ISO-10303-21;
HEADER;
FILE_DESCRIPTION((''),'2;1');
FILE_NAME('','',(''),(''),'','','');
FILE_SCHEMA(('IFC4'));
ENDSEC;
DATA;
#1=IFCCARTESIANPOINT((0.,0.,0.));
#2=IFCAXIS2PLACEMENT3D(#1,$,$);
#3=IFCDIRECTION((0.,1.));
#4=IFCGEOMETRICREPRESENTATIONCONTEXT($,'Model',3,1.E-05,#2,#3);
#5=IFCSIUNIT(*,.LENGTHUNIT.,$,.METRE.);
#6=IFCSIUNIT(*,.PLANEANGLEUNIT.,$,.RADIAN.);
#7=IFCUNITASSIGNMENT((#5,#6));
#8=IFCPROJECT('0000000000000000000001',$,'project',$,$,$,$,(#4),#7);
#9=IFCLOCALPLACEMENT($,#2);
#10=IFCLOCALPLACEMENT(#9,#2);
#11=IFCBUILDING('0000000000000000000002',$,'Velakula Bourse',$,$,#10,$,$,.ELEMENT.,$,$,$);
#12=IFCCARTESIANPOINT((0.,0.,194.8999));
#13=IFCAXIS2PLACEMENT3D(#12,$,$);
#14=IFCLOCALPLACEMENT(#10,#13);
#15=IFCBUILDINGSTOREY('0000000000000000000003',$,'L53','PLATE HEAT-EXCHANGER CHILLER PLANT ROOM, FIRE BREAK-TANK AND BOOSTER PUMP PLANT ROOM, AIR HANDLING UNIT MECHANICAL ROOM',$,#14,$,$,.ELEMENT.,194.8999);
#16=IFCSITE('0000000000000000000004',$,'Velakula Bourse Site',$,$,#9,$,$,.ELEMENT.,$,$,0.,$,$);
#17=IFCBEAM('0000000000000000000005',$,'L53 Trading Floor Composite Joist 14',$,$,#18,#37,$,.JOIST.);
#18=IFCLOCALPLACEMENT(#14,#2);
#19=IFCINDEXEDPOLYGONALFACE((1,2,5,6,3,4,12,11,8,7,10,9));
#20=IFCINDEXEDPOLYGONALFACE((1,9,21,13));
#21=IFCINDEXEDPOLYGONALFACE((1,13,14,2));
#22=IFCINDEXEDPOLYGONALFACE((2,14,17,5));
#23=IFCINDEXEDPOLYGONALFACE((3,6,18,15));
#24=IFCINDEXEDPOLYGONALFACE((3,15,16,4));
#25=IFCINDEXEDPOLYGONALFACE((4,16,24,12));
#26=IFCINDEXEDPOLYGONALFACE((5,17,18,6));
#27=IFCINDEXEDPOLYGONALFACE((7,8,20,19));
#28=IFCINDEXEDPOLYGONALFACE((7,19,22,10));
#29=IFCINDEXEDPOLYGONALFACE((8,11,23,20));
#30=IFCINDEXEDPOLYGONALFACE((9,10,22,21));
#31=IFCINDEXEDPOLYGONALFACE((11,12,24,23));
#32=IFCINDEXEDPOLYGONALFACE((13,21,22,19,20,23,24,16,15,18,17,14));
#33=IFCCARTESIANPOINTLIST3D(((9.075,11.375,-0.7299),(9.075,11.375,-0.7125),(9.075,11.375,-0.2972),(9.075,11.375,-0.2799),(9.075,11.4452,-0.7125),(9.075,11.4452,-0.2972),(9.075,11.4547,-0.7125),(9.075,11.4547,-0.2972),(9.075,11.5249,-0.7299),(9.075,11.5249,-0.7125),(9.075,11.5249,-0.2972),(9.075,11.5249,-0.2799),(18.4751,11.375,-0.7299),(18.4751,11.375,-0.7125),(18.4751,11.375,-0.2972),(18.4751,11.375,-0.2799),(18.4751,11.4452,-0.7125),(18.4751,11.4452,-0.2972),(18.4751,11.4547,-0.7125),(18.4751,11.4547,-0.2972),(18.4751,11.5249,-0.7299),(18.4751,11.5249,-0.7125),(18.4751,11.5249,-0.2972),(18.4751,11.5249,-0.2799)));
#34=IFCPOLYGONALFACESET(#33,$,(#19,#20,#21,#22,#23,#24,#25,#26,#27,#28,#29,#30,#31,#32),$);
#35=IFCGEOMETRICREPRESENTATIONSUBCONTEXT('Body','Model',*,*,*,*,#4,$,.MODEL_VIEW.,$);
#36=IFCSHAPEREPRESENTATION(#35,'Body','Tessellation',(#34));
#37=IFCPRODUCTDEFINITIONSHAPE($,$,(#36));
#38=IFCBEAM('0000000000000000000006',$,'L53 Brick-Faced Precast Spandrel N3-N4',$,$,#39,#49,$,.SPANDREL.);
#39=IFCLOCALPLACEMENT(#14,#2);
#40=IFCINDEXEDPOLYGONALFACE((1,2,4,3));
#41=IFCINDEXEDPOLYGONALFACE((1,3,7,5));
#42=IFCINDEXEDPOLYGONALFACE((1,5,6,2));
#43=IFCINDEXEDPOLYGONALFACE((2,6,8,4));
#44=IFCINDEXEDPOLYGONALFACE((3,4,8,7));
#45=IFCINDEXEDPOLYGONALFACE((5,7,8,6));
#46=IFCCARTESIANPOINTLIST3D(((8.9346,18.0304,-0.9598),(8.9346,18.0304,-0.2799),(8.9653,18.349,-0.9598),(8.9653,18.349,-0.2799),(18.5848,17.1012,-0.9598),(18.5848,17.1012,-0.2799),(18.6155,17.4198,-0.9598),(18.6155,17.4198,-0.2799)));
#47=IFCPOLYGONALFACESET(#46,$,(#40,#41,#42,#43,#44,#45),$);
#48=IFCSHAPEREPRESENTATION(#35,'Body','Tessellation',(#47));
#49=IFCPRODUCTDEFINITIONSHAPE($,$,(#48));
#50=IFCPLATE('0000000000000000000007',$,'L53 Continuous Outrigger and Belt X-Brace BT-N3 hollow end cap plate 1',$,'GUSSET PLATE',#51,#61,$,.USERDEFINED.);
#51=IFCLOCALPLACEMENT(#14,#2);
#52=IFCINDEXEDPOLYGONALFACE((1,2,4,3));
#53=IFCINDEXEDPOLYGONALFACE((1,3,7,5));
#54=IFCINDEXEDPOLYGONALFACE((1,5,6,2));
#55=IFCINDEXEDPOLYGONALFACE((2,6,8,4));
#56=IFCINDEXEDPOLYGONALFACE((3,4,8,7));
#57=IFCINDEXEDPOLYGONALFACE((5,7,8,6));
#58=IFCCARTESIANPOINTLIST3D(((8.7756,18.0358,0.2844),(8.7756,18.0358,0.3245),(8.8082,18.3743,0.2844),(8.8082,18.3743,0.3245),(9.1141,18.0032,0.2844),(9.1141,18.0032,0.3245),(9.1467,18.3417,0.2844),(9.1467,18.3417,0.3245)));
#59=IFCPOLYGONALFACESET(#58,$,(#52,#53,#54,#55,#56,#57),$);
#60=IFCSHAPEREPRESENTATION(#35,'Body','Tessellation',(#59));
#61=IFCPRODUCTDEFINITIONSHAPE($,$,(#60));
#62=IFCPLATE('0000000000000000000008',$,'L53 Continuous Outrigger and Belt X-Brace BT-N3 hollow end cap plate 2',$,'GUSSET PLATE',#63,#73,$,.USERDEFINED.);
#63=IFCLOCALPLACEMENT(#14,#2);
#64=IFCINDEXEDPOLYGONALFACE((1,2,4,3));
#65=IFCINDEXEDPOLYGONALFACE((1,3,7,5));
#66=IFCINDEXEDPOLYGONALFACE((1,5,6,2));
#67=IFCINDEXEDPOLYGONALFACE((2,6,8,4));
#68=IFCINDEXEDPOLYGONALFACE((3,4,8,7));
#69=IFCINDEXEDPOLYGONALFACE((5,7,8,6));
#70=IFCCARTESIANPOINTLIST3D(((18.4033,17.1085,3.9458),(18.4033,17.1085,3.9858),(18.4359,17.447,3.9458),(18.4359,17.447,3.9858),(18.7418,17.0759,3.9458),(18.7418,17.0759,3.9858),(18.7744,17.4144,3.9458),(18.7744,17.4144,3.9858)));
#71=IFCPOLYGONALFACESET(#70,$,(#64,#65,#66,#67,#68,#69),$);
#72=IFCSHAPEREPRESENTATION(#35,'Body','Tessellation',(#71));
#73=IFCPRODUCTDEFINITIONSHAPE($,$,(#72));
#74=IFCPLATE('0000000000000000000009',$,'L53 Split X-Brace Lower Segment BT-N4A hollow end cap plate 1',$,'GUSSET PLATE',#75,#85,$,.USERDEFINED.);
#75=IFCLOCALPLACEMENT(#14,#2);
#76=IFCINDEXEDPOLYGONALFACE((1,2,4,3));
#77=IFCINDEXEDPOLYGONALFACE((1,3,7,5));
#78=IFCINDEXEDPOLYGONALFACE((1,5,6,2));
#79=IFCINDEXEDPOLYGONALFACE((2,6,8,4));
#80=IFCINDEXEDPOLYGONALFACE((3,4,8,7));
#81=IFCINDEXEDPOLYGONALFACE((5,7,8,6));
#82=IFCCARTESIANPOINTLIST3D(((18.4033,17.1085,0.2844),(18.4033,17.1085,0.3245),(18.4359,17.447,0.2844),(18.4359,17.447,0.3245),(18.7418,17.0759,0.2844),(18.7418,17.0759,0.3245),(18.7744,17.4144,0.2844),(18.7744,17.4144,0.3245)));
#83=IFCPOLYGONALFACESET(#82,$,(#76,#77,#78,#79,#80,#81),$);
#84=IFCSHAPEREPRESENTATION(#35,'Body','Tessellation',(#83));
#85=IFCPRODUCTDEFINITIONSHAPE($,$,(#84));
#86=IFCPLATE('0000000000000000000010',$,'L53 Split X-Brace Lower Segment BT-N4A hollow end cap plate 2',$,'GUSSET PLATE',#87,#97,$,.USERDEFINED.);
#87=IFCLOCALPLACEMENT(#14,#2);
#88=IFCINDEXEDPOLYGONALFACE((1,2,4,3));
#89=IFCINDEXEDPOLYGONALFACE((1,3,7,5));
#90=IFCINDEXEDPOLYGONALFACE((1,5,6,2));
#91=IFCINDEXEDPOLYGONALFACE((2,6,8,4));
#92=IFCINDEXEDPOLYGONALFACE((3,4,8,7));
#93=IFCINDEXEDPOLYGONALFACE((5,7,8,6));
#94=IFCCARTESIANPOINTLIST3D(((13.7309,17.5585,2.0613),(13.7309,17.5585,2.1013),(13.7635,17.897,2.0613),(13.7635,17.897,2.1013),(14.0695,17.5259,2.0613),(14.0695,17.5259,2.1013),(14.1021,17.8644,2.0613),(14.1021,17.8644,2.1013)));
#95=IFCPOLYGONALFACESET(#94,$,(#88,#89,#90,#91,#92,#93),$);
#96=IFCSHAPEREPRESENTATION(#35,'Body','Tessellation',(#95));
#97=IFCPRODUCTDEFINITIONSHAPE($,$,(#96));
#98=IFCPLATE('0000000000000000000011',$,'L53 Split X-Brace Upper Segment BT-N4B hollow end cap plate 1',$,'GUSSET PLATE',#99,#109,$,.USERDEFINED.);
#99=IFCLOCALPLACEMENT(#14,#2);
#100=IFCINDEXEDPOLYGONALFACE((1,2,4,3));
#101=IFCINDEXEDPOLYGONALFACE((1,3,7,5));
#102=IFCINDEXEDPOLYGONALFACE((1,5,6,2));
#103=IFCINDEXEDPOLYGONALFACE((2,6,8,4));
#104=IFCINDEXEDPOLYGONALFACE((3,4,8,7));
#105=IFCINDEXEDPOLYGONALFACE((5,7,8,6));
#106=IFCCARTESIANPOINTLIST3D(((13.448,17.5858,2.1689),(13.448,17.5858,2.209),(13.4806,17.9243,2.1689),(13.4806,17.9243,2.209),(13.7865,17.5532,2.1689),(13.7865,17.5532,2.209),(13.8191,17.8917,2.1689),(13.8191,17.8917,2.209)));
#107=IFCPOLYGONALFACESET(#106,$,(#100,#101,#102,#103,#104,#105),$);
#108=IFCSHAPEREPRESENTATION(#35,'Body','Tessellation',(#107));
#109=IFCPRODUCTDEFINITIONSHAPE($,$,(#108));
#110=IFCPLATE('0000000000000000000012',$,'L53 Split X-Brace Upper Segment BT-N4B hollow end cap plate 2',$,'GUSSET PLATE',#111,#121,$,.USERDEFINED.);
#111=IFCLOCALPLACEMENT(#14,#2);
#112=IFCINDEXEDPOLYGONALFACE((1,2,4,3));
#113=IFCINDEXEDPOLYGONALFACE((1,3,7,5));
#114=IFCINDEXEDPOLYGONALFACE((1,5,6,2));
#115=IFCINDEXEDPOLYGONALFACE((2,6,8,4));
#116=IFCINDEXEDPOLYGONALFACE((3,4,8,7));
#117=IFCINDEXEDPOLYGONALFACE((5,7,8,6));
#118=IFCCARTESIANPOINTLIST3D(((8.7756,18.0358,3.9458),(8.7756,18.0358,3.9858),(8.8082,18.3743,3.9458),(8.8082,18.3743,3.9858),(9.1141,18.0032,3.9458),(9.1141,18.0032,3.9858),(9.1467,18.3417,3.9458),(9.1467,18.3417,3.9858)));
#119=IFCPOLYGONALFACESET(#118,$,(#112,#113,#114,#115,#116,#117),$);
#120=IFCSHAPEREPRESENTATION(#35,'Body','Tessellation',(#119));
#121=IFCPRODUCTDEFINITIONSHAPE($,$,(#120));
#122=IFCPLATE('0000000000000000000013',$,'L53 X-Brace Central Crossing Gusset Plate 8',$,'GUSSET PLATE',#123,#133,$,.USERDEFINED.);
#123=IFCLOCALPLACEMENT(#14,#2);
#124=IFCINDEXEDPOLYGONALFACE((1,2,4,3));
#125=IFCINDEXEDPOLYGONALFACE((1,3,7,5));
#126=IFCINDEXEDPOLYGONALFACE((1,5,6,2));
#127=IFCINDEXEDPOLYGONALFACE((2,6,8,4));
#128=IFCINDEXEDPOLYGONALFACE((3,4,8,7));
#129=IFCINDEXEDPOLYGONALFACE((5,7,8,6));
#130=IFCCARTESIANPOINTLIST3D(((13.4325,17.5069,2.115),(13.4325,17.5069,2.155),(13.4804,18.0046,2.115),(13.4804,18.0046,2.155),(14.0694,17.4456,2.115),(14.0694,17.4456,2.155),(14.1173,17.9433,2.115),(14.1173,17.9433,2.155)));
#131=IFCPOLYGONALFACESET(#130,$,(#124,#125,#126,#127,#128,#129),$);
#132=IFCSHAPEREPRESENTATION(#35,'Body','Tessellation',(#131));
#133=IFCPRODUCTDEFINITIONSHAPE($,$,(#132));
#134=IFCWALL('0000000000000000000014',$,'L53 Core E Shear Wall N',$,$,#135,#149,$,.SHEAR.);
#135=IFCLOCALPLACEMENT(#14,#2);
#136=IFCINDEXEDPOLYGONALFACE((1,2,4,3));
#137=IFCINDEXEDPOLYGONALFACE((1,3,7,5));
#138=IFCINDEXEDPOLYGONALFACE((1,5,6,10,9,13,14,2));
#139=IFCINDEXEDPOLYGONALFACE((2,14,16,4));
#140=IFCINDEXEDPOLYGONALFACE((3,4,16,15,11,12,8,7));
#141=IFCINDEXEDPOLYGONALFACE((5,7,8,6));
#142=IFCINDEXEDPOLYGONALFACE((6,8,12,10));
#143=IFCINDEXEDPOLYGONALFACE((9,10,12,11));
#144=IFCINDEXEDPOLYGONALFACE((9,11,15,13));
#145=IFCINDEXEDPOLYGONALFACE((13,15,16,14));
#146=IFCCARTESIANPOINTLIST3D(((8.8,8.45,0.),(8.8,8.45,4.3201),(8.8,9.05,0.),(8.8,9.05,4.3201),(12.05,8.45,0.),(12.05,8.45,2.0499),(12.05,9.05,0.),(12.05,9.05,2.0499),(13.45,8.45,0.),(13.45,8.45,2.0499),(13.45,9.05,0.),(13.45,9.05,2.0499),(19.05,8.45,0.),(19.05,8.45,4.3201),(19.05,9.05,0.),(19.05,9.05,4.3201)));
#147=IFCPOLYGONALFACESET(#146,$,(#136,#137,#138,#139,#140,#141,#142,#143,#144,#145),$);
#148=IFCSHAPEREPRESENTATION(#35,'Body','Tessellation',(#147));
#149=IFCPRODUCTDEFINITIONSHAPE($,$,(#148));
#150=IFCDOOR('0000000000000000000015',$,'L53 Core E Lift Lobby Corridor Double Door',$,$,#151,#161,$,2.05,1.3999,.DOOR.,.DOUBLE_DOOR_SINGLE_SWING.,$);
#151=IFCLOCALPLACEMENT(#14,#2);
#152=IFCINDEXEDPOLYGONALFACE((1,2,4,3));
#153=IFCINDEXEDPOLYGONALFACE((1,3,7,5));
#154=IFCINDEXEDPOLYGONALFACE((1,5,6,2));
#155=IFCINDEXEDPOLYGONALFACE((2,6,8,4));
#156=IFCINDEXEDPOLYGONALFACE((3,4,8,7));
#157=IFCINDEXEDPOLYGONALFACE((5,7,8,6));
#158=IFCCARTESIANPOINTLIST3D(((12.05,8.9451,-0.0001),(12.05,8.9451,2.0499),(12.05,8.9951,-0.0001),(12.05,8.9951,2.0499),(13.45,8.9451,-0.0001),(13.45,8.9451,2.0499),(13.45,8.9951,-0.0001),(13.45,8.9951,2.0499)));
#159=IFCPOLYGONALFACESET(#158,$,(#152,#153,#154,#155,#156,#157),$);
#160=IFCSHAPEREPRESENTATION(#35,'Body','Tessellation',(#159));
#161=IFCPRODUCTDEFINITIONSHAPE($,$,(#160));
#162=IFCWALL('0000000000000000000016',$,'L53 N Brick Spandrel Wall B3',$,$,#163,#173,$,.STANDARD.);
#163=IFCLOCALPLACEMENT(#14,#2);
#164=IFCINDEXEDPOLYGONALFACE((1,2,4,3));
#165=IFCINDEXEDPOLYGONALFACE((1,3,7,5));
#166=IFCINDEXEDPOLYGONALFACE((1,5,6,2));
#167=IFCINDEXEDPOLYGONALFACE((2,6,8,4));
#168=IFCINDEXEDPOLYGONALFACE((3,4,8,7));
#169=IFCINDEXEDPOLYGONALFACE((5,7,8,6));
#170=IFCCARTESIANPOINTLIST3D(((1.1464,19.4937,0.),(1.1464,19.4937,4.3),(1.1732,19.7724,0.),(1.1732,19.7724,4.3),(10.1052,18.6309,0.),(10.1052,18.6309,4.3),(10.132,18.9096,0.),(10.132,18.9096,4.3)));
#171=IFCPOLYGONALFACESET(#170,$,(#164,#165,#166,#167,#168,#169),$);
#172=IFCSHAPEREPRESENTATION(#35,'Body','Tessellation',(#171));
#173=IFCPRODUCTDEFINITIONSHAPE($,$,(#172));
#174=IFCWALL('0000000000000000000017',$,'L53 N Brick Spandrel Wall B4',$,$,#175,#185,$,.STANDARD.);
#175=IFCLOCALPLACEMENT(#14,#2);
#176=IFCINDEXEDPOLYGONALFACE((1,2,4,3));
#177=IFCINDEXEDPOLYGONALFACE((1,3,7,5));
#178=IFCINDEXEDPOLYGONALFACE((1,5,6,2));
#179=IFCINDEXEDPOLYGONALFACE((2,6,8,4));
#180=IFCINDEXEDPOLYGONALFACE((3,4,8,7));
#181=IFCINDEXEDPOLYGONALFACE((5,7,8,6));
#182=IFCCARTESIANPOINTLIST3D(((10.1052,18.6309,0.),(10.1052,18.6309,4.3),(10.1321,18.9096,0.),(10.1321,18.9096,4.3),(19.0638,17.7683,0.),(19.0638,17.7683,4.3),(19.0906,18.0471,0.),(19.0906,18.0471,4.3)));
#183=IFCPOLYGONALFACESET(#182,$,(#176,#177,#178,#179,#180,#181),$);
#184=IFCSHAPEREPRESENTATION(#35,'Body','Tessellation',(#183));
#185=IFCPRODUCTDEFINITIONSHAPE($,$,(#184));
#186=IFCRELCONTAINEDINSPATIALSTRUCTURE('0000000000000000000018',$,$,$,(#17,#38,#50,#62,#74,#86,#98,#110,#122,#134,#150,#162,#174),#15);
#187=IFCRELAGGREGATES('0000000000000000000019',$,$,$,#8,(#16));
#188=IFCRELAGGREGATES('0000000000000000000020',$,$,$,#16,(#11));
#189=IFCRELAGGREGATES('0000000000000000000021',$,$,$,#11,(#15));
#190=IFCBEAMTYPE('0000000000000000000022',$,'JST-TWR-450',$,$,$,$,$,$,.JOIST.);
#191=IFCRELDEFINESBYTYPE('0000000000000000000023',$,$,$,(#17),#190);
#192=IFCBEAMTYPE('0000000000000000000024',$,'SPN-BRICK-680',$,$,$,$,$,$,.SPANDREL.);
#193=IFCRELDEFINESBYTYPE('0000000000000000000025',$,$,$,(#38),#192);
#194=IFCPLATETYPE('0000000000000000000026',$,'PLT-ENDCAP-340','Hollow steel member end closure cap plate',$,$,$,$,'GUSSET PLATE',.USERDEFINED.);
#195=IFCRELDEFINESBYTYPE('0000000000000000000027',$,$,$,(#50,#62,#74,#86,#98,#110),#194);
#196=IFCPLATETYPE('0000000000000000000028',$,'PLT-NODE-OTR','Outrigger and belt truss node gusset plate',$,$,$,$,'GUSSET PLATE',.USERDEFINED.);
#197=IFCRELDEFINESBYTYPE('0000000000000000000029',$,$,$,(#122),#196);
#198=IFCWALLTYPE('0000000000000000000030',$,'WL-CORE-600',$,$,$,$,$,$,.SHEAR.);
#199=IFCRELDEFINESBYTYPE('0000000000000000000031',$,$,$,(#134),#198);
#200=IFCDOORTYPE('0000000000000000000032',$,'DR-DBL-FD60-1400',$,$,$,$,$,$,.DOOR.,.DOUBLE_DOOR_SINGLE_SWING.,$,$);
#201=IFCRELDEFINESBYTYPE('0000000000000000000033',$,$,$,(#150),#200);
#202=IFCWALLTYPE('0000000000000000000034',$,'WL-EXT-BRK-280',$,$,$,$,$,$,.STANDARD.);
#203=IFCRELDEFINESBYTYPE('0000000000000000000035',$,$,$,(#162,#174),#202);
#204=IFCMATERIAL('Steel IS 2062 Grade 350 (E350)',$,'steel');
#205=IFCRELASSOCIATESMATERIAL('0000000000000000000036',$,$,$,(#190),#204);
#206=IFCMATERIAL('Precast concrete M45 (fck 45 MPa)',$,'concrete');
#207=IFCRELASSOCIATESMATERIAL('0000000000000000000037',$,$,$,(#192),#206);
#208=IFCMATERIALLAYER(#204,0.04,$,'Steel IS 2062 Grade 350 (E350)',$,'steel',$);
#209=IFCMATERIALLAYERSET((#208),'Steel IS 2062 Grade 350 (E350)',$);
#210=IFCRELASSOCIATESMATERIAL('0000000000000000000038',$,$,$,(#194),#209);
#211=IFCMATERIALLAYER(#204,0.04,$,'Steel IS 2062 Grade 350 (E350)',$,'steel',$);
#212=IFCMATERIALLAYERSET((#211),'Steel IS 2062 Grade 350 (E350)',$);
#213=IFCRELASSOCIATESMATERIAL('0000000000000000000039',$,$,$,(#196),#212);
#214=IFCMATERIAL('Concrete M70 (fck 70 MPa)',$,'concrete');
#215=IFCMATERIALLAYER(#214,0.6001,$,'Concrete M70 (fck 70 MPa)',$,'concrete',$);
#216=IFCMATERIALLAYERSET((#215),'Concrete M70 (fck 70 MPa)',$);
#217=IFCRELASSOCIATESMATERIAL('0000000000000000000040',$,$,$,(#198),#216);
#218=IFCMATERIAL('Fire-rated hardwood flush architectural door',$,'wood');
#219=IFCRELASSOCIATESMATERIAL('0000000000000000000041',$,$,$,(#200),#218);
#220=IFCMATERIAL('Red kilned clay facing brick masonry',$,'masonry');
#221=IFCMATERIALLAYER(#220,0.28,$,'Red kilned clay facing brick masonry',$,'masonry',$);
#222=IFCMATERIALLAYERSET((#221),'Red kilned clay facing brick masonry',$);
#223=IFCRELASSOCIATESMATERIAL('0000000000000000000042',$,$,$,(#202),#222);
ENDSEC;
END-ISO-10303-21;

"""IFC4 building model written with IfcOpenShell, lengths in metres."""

from ifc_helpers import new_model, si_unit, direction, frame, frame_2d, origin, origin_2d, place, context, subcontext, project, spatial, rectangle, i_section, extrude, material, layer, layer_set, material_profile, profile_set, type_object, element, fill, save


model = new_model("IFC4")

# Units and contexts
model_context = context("Model", 3, precision=1e-05, world=origin(), true_north=direction((0.0, 1.0)))
body_context = subcontext(model_context, "Body", "Model", "MODEL_VIEW")
ifc_project = project(units=[si_unit("LENGTHUNIT", "METRE"), si_unit("PLANEANGLEUNIT", "RADIAN")], contexts=[model_context])

# Site, building, storey
site_placement = place(None, origin())
site = spatial("IfcSite", under=ifc_project, at=site_placement, Name="Velakula Bourse Site", CompositionType="ELEMENT", RefElevation=0.0)
building_placement = place(site_placement, origin())
building = spatial("IfcBuilding", under=site, at=building_placement, Name="Velakula Bourse", CompositionType="ELEMENT")
storey_placement = place(building_placement, frame((0.0, 0.0, 194.8999)))
storey = spatial("IfcBuildingStorey", under=building, at=storey_placement, Name="L53", Description="PLATE HEAT-EXCHANGER CHILLER PLANT ROOM, FIRE BREAK-TANK AND BOOSTER PUMP PLANT ROOM, AIR HANDLING UNIT MECHANICAL ROOM", CompositionType="ELEMENT", Elevation=194.8999)

# Shared definitions
ifc_material_1 = material(Name="Concrete M70 (fck 70 MPa)", Category="concrete")
ifc_material_2 = material(Name="Steel IS 2062 Grade 350 (E350)", Category="steel")

# Beams
ifc_material_profile_1 = material_profile(ifc_material_2, i_section(OverallWidth=0.1499, OverallDepth=0.45, WebThickness=0.0095, FlangeThickness=0.0173, at=origin_2d()), Name="Steel IS 2062 Grade 350 (E350)")
ifc_profile_set_1 = profile_set([ifc_material_profile_1], Name="Steel IS 2062 Grade 350 (E350)")
beam_type_1 = type_object("IfcBeamType", Name="JST-TWR-450", PredefinedType="JOIST", material=ifc_profile_set_1)
beam_1_placement = place(storey_placement, frame((9.075, 11.45, -0.5049), z_axis=(1.0, 0.0, 0.0), x_axis=(0.0, 1.0, 0.0)))
element("IfcBeam", 1, at=beam_1_placement, inside=storey, type_object=beam_type_1, Name="L53 Trading Floor Composite Joist 14", PredefinedType="JOIST", context=body_context, shape_type="SweptSolid", body=[
    extrude(i_section(OverallWidth=0.1499, OverallDepth=0.45, WebThickness=0.0095, FlangeThickness=0.0173, at=origin_2d()), origin(), (0.0, 0.0, 1.0), 9.4001),
])
ifc_material_3 = material(Name="Precast concrete M45 (fck 45 MPa)", Category="concrete")
ifc_material_profile_2 = material_profile(ifc_material_3, rectangle(XDim=0.3201, YDim=0.6799, at=origin_2d()), Name="Precast concrete M45 (fck 45 MPa)")
ifc_profile_set_2 = profile_set([ifc_material_profile_2], Name="Precast concrete M45 (fck 45 MPa)")
beam_type_2 = type_object("IfcBeamType", Name="SPN-BRICK-680", PredefinedType="SPANDREL", material=ifc_profile_set_2)
beam_2_placement = place(storey_placement, frame((8.95, 18.1897, -0.6199), z_axis=(0.995396, -0.095845, 0.0), x_axis=(0.095845, 0.995396, 0.0)))
element("IfcBeam", 2, at=beam_2_placement, inside=storey, type_object=beam_type_2, Name="L53 Brick-Faced Precast Spandrel N3-N4", PredefinedType="SPANDREL", context=body_context, shape_type="SweptSolid", body=[
    extrude(rectangle(XDim=0.3201, YDim=0.6799, at=origin_2d()), origin(), (0.0, 0.0, 1.0), 9.6948),
])

# Plates
ifc_layer_1 = layer(ifc_material_2, 0.04, Name="Steel IS 2062 Grade 350 (E350)", Category="steel")
ifc_layer_set_1 = layer_set([ifc_layer_1], Name="Steel IS 2062 Grade 350 (E350)")
plate_type_1 = type_object("IfcPlateType", Name="PLT-ENDCAP-340", Description="Hollow steel member end closure cap plate", ElementType="GUSSET PLATE", PredefinedType="USERDEFINED", material=ifc_layer_set_1)
for number, where, z_axis, x_axis, name in (
    (3, (8.9612, 18.1887, 0.2844), (0.0, 0.0, 1.0), (0.995396, -0.095846, 0.0), "L53 Continuous Outrigger and Belt X-Brace BT-N3 hollow end cap plate 1"),
    (4, (18.5889, 17.2615, 3.9458), (0.0, 0.0, 1.0), (0.995396, -0.095846, 0.0), "L53 Continuous Outrigger and Belt X-Brace BT-N3 hollow end cap plate 2"),
    (5, (18.5889, 17.2615, 0.2844), (0.0, 0.0, 1.0), (-0.995396, 0.095846, 0.0), "L53 Split X-Brace Lower Segment BT-N4A hollow end cap plate 1"),
    (6, (13.9165, 17.7114, 2.0613), (0.0, 0.0, 1.0), (-0.995396, 0.095846, 0.0), "L53 Split X-Brace Lower Segment BT-N4A hollow end cap plate 2"),
    (7, (13.6335, 17.7388, 2.1689), (0.0, 0.0, 1.0), (-0.995396, 0.095846, 0.0), "L53 Split X-Brace Upper Segment BT-N4B hollow end cap plate 1"),
    (8, (8.9612, 18.1887, 3.9458), (0.0, 0.0, 1.0), (-0.995396, 0.095846, 0.0), "L53 Split X-Brace Upper Segment BT-N4B hollow end cap plate 2"),
):
    element("IfcPlate", number, at=place(storey_placement, frame(where, z_axis=z_axis, x_axis=x_axis)), inside=storey, type_object=plate_type_1, Name=name, ObjectType="GUSSET PLATE", PredefinedType="USERDEFINED", context=body_context, shape_type="SweptSolid", body=[
        extrude(rectangle(XDim=0.3401, YDim=0.3401, at=origin_2d()), origin(), (0.0, 0.0, 1.0), 0.04),
    ])
ifc_layer_2 = layer(ifc_material_2, 0.04, Name="Steel IS 2062 Grade 350 (E350)", Category="steel")
ifc_layer_set_2 = layer_set([ifc_layer_2], Name="Steel IS 2062 Grade 350 (E350)")
plate_type_2 = type_object("IfcPlateType", Name="PLT-NODE-OTR", Description="Outrigger and belt truss node gusset plate", ElementType="GUSSET PLATE", PredefinedType="USERDEFINED", material=ifc_layer_set_2)
plate_placement = place(storey_placement, frame((13.7749, 17.7251, 2.115), z_axis=(0.0, 0.0, 1.0), x_axis=(0.995396, -0.095846, 0.0)))
element("IfcPlate", 9, at=plate_placement, inside=storey, type_object=plate_type_2, Name="L53 X-Brace Central Crossing Gusset Plate 8", ObjectType="GUSSET PLATE", PredefinedType="USERDEFINED", context=body_context, shape_type="SweptSolid", body=[
    extrude(rectangle(XDim=0.6399, YDim=0.5, at=origin_2d()), origin(), (0.0, 0.0, 1.0), 0.04),
])

# Wall, opening, door
ifc_layer_3 = layer(ifc_material_1, 0.6001, Name="Concrete M70 (fck 70 MPa)", Category="concrete")
ifc_layer_set_3 = layer_set([ifc_layer_3], Name="Concrete M70 (fck 70 MPa)")
wall_type_1 = type_object("IfcWallType", Name="WL-CORE-600", PredefinedType="SHEAR", material=ifc_layer_set_3)
wall_1_placement = place(storey_placement, frame((8.8, 8.75, 0.0), z_axis=(0.0, 0.0, 1.0), x_axis=(1.0, 0.0, 0.0)))
wall_1 = element("IfcWall", 10, at=wall_1_placement, inside=storey, type_object=wall_type_1, Name="L53 Core E Shear Wall N", PredefinedType="SHEAR", context=body_context, shape_type="SweptSolid", body=[
    extrude(rectangle(XDim=10.25, YDim=0.6001, at=frame_2d((5.125, 0.0))), origin(), (0.0, 0.0, 1.0), 4.3201),
])
opening_placement = place(wall_1_placement, frame((3.25, 0.0, 0.0)))
opening = element("IfcOpeningElement", 11, at=opening_placement, cuts=wall_1, PredefinedType="OPENING", context=body_context, shape_type="SweptSolid", body=[
    extrude(rectangle(XDim=1.3999, YDim=2.05, at=frame_2d((0.7, 1.0249))), frame((0.0, 0.3101, 0.0), z_axis=(0.0, -1.0, 0.0), x_axis=(1.0, 0.0, 0.0)), (0.0, 0.0, 1.0), 0.6201),
])
ifc_material_4 = material(Name="Fire-rated hardwood flush architectural door", Category="wood")
door_type = type_object("IfcDoorType", Name="DR-DBL-FD60-1400", OperationType="DOUBLE_DOOR_SINGLE_SWING", PredefinedType="DOOR", material=ifc_material_4)
door_placement = place(opening_placement, origin())
door = element("IfcDoor", 12, at=door_placement, inside=storey, type_object=door_type, Name="L53 Core E Lift Lobby Corridor Double Door", OperationType="DOUBLE_DOOR_SINGLE_SWING", OverallHeight=2.05, OverallWidth=1.3999, PredefinedType="DOOR", context=body_context, shape_type="SweptSolid", body=[
    extrude(rectangle(XDim=1.3999, YDim=2.05, at=frame_2d((0.7, 1.0249))), frame((0.0, 0.2451, 0.0), z_axis=(0.0, -1.0, 0.0), x_axis=(1.0, 0.0, 0.0)), (0.0, 0.0, 1.0), 0.05),
])
fill(opening, door)

# Walls
ifc_material_5 = material(Name="Red kilned clay facing brick masonry", Category="masonry")
ifc_layer_4 = layer(ifc_material_5, 0.28, Name="Red kilned clay facing brick masonry", Category="masonry")
ifc_layer_set_4 = layer_set([ifc_layer_4], Name="Red kilned clay facing brick masonry")
wall_type_2 = type_object("IfcWallType", Name="WL-EXT-BRK-280", PredefinedType="STANDARD", material=ifc_layer_set_4)
wall_2_placement = place(storey_placement, frame((1.1599, 19.6331, 0.0), z_axis=(0.0, 0.0, 1.0), x_axis=(0.995394, -0.095864, 0.0)))
element("IfcWall", 13, at=wall_2_placement, inside=storey, type_object=wall_type_2, Name="L53 N Brick Spandrel Wall B3", PredefinedType="STANDARD", context=body_context, shape_type="SweptSolid", body=[
    extrude(rectangle(XDim=9.0002, YDim=0.28, at=frame_2d((4.5, 0.0))), origin(), (0.0, 0.0, 1.0), 4.3),
])
wall_3_placement = place(storey_placement, frame((10.1187, 18.7703, 0.0), z_axis=(0.0, 0.0, 1.0), x_axis=(0.995397, -0.09584, 0.0)))
element("IfcWall", 14, at=wall_3_placement, inside=storey, type_object=wall_type_2, Name="L53 N Brick Spandrel Wall B4", PredefinedType="STANDARD", context=body_context, shape_type="SweptSolid", body=[
    extrude(rectangle(XDim=9.0, YDim=0.28, at=frame_2d((4.5, 0.0))), origin(), (0.0, 0.0, 1.0), 4.3),
])

save(model, "model.ifc")
